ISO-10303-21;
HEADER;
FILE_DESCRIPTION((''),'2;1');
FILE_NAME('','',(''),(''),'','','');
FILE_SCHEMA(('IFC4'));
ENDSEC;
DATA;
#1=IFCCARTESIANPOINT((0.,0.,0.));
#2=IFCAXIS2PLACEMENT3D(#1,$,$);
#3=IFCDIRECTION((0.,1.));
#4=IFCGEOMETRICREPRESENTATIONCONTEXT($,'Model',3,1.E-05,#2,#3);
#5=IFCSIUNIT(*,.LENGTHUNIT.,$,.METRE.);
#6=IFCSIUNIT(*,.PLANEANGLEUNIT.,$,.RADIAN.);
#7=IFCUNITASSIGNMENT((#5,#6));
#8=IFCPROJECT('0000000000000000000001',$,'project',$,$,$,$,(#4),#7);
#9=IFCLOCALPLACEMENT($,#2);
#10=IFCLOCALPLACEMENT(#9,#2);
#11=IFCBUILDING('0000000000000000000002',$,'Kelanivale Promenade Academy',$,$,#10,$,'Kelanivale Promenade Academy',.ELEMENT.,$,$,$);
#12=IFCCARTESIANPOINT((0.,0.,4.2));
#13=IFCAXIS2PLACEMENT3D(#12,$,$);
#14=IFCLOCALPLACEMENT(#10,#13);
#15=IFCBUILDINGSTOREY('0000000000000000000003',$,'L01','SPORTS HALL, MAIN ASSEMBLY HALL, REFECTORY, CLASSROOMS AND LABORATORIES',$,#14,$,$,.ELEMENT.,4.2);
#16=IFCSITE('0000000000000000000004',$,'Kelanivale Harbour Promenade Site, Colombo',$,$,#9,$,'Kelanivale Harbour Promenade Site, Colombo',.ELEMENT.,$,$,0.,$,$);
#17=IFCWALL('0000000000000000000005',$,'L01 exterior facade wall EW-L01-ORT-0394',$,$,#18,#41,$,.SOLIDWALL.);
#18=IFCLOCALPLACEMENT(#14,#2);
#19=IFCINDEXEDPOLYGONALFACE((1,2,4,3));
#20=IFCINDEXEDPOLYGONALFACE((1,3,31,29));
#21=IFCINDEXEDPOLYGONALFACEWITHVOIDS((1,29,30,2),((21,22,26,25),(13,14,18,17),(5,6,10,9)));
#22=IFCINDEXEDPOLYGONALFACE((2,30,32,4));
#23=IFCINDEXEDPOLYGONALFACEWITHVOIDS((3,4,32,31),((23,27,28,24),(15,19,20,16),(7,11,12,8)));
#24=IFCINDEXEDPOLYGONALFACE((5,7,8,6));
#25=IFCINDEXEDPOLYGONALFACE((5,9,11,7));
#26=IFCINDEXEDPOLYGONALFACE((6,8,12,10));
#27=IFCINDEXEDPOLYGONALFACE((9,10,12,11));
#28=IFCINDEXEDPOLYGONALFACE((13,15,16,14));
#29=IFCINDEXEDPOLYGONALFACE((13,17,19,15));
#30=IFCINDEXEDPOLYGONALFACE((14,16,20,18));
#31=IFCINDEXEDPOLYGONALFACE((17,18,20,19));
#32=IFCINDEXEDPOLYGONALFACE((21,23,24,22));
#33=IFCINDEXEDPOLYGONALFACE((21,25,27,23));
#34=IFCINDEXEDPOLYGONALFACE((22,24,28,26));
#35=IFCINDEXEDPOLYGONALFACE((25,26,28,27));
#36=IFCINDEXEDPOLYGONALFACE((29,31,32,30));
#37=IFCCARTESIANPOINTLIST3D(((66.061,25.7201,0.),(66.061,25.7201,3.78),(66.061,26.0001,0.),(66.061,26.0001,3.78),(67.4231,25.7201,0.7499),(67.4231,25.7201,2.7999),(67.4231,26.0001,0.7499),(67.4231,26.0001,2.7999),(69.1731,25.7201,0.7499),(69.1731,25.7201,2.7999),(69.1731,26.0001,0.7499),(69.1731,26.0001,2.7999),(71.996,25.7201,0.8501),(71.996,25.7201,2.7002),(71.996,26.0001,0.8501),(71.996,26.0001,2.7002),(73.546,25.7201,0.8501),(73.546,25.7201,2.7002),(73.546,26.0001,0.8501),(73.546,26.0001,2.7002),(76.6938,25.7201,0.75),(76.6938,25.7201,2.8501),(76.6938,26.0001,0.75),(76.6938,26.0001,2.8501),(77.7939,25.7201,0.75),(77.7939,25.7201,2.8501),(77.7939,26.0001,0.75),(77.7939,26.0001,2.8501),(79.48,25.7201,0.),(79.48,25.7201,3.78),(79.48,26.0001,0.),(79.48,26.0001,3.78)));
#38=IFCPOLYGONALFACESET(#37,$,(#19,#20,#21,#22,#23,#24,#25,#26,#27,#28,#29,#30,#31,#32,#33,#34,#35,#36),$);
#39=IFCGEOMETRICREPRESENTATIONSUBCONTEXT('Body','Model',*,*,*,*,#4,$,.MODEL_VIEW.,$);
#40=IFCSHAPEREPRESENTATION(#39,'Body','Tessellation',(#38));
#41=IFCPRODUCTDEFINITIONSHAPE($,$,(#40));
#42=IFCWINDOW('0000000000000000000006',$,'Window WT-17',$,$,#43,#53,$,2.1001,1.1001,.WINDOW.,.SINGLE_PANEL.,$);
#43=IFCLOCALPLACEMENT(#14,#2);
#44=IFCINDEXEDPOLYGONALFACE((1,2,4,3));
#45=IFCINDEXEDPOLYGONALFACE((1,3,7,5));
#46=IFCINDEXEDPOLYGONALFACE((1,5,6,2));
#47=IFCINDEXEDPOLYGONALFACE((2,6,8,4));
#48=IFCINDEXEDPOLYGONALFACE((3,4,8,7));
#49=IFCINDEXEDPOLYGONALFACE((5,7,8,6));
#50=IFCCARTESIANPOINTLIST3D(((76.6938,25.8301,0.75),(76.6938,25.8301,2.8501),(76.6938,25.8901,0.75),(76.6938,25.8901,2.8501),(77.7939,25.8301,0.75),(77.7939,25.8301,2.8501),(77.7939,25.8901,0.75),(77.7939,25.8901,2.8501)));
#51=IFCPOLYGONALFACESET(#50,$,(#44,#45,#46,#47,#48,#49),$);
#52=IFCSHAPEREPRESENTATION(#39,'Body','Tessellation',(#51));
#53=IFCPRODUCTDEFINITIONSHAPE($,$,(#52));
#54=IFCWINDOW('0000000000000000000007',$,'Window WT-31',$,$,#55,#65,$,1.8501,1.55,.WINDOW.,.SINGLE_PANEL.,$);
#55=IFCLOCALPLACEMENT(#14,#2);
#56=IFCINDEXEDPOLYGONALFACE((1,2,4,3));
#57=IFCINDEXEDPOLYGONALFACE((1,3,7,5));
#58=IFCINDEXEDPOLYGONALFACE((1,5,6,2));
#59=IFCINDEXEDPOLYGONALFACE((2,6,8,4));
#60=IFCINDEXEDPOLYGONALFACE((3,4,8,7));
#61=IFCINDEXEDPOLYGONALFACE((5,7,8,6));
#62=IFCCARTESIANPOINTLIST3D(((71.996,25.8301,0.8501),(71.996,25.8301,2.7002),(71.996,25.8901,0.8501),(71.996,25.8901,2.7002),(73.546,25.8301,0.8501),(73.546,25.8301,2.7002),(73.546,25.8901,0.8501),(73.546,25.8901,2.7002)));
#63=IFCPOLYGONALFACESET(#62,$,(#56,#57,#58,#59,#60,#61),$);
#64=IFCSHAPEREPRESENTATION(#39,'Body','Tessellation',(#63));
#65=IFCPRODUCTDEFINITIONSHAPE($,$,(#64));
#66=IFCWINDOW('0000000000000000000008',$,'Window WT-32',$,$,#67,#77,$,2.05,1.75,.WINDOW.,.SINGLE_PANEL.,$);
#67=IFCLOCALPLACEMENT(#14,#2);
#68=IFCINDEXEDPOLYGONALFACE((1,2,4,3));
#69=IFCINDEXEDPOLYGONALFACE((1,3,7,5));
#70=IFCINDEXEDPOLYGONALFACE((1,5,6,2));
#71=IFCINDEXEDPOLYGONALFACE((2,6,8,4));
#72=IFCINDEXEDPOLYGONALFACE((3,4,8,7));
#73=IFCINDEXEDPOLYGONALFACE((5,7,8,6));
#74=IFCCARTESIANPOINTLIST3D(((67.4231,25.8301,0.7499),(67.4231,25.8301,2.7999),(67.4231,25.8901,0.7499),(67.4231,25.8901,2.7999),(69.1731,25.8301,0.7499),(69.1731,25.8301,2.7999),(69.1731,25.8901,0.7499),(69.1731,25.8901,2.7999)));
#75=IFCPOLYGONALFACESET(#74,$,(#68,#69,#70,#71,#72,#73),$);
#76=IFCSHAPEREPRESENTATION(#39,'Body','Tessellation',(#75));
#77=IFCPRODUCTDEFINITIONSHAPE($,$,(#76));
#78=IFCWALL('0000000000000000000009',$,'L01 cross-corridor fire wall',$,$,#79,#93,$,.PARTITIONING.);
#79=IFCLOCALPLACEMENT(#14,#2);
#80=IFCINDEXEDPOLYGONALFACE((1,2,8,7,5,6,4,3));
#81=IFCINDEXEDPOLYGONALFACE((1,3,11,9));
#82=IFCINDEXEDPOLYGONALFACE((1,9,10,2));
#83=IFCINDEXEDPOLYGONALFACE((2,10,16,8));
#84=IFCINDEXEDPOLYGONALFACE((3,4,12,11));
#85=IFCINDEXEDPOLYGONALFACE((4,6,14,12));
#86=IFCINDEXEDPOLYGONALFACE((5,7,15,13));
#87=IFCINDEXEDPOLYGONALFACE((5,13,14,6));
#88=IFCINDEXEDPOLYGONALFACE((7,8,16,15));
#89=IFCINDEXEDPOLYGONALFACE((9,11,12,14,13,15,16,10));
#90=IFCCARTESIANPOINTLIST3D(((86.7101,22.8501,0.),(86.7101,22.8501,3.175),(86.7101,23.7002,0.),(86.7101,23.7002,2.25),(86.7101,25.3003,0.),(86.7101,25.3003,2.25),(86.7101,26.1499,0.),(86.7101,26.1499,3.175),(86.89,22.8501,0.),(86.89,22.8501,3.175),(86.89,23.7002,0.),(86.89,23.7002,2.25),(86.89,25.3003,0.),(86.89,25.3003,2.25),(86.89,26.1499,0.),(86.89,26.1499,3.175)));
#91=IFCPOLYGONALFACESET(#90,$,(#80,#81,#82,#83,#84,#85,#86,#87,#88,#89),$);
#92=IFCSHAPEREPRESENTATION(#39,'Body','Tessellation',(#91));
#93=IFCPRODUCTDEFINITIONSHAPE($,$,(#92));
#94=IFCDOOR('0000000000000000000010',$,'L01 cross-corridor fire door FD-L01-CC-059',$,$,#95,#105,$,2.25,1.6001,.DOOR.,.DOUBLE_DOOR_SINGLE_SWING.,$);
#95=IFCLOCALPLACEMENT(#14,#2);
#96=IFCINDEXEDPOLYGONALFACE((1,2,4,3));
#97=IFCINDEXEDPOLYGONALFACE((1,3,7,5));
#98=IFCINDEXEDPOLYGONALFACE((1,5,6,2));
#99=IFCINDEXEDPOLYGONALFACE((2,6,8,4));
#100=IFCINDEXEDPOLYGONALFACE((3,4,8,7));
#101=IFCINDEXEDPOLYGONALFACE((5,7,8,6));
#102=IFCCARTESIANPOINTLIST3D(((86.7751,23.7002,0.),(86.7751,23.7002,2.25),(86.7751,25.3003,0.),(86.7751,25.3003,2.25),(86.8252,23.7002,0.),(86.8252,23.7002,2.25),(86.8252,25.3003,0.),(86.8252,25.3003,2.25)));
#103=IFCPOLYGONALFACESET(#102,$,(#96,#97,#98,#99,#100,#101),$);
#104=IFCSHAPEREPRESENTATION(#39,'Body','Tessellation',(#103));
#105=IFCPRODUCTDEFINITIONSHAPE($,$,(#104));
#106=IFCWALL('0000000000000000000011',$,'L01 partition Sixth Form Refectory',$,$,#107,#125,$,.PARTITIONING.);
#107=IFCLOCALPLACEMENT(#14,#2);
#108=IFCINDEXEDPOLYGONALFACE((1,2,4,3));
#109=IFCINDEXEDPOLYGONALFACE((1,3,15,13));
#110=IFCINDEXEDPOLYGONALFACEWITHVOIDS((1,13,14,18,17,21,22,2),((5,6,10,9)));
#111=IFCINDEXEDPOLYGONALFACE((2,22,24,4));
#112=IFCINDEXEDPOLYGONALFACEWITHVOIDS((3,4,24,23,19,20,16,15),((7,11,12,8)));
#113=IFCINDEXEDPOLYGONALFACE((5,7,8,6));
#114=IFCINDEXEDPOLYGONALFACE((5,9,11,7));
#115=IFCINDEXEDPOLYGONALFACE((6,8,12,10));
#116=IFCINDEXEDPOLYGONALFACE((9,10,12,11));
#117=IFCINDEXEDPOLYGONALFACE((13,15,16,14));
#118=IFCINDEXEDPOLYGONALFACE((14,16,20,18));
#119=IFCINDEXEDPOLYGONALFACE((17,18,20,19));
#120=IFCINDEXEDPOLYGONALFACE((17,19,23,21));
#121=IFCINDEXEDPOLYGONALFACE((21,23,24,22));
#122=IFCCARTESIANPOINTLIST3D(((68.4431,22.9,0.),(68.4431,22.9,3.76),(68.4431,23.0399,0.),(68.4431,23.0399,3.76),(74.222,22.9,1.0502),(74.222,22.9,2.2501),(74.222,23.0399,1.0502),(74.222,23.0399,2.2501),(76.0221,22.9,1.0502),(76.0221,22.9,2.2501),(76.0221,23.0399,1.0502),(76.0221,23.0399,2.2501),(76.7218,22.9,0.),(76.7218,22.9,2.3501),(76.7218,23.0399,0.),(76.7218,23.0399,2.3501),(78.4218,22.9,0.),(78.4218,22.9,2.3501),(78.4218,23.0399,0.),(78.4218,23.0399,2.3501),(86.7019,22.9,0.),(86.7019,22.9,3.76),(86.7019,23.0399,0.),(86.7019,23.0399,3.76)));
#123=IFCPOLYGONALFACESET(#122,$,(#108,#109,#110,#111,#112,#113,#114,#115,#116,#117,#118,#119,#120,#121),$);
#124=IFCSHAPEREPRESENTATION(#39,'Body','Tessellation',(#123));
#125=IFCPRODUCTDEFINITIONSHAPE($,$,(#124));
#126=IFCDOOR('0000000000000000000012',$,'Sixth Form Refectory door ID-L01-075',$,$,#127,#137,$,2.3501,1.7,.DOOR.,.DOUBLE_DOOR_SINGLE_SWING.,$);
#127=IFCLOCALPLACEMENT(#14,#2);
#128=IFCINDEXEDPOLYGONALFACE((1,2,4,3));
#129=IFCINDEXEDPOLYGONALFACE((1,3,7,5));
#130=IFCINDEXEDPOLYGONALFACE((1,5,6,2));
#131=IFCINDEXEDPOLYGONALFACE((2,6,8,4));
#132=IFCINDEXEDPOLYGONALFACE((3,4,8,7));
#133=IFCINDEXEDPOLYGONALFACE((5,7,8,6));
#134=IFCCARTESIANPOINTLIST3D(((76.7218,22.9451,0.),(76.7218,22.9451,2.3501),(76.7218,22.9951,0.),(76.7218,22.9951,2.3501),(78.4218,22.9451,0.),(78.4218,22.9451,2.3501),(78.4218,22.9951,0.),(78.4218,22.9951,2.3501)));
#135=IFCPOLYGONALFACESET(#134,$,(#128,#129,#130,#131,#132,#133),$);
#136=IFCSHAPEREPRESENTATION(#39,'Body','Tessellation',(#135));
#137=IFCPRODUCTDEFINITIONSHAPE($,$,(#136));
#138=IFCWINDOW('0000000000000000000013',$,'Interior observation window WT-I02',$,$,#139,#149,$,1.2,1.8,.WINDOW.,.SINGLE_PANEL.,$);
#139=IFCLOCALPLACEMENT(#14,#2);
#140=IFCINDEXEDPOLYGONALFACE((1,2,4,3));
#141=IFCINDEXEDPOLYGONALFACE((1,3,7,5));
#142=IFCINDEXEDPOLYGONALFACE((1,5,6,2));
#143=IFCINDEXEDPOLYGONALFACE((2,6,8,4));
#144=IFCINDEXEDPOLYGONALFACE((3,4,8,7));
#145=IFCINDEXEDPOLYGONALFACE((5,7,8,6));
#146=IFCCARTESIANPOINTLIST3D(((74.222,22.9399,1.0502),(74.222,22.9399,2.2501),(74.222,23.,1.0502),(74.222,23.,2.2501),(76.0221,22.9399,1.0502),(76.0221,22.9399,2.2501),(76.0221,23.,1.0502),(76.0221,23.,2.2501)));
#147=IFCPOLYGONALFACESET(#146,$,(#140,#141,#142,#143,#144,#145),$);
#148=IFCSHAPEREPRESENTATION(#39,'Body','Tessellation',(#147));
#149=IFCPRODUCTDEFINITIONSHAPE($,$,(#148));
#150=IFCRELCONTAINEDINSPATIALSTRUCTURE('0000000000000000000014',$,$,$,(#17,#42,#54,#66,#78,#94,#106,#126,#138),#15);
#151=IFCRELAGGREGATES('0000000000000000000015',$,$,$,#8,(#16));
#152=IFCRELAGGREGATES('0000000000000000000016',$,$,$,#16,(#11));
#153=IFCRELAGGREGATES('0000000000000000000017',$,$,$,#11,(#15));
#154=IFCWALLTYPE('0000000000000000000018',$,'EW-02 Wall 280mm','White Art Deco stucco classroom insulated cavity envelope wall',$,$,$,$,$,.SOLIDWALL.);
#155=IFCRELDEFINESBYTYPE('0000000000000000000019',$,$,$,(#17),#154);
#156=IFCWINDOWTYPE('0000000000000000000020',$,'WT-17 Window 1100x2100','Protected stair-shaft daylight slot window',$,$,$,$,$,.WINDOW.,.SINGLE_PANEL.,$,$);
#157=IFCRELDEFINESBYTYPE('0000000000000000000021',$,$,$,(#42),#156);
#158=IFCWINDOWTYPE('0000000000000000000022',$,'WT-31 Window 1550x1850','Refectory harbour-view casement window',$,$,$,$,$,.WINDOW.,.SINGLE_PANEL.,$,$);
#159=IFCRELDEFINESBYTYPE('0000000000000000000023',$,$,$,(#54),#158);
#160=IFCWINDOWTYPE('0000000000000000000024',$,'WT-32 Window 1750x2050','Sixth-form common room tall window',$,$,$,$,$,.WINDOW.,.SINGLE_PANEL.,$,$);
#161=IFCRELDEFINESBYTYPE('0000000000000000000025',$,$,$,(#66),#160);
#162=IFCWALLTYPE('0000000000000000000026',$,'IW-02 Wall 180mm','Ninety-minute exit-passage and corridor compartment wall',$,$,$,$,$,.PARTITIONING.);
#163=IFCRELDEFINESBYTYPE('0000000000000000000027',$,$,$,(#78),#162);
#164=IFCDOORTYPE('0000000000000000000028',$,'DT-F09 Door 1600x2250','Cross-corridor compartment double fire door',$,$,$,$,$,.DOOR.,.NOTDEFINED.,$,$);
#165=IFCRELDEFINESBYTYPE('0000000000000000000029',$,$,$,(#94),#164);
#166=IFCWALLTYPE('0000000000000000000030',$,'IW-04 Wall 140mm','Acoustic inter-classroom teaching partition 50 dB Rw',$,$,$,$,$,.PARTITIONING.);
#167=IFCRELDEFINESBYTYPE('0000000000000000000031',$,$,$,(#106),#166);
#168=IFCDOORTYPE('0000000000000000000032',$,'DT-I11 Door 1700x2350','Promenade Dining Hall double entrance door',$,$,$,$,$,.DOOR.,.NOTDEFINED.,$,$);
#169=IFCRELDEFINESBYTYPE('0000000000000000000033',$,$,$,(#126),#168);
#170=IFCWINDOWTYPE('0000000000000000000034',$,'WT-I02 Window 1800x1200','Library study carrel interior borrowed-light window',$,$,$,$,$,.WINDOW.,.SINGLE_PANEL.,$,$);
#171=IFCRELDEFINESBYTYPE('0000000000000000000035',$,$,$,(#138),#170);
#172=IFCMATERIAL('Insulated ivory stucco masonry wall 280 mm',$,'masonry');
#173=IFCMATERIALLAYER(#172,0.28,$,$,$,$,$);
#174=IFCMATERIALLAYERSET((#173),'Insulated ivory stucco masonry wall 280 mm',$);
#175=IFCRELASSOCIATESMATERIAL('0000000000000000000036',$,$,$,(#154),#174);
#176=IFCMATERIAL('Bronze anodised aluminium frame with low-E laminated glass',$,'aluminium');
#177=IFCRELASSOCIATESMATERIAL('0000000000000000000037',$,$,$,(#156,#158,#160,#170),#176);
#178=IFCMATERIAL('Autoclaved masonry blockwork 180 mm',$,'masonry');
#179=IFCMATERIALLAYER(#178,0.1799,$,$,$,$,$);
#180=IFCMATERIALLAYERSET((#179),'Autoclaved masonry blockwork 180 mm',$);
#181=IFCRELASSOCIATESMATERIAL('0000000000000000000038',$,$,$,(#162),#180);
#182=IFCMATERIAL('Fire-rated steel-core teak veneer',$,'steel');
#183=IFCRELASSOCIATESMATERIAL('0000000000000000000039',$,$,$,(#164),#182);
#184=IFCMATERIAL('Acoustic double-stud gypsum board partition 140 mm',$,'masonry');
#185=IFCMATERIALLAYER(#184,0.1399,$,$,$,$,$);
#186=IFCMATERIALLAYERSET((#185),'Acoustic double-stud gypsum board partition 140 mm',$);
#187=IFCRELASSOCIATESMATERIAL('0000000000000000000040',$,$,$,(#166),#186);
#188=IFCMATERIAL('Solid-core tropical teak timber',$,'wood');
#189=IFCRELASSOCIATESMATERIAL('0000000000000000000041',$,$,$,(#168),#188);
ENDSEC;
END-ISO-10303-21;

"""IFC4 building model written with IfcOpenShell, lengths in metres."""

from ifc_helpers import new_model, si_unit, direction, frame, frame_2d, origin, place, context, subcontext, project, spatial, rectangle, extrude, material, layer, layer_set, type_object, element, fill, save


model = new_model("IFC4")

# Units and contexts
model_context = context("Model", 3, precision=1e-05, world=origin(), true_north=direction((0.0, 1.0)))
body_context = subcontext(model_context, "Body", "Model", "MODEL_VIEW")
ifc_project = project(units=[si_unit("LENGTHUNIT", "METRE"), si_unit("PLANEANGLEUNIT", "RADIAN")], contexts=[model_context])

# Site, building, storey
site_placement = place(None, origin())
site = spatial("IfcSite", under=ifc_project, at=site_placement, Name="Kelanivale Harbour Promenade Site, Colombo", LongName="Kelanivale Harbour Promenade Site, Colombo", CompositionType="ELEMENT", RefElevation=0.0)
building_placement = place(site_placement, origin())
building = spatial("IfcBuilding", under=site, at=building_placement, Name="Kelanivale Promenade Academy", LongName="Kelanivale Promenade Academy", CompositionType="ELEMENT")
storey_placement = place(building_placement, frame((0.0, 0.0, 4.2)))
storey = spatial("IfcBuildingStorey", under=building, at=storey_placement, Name="L01", Description="SPORTS HALL, MAIN ASSEMBLY HALL, REFECTORY, CLASSROOMS AND LABORATORIES", CompositionType="ELEMENT", Elevation=4.2)

# Shared definitions
ifc_material_1 = material(Name="Fire-rated steel-core teak veneer", Category="steel")

# Wall, openings, windows
ifc_material_2 = material(Name="Insulated ivory stucco masonry wall 280 mm", Category="masonry")
ifc_layer_1 = layer(ifc_material_2, 0.28)
ifc_layer_set_1 = layer_set([ifc_layer_1], Name="Insulated ivory stucco masonry wall 280 mm")
wall_type_1 = type_object("IfcWallType", Name="EW-02 Wall 280mm", Description="White Art Deco stucco classroom insulated cavity envelope wall", PredefinedType="SOLIDWALL", material=ifc_layer_set_1)
wall_1_placement = place(storey_placement, frame((79.48, 25.8601, 0.0), z_axis=(0.0, 0.0, 1.0), x_axis=(-1.0, 0.0, 0.0)))
wall_1 = element("IfcWall", 1, at=wall_1_placement, inside=storey, type_object=wall_type_1, Name="L01 exterior facade wall EW-L01-ORT-0394", PredefinedType="SOLIDWALL", context=body_context, shape_type="SweptSolid", body=[
    extrude(rectangle(XDim=13.4189, YDim=0.28, at=frame_2d((6.7095, 0.0))), origin(), (0.0, 0.0, 1.0), 3.78),
])
opening_1_placement = place(wall_1_placement, frame((1.686, 0.0, 0.75)))
opening_1 = element("IfcOpeningElement", 2, at=opening_1_placement, cuts=wall_1, PredefinedType="OPENING", context=body_context, shape_type="SweptSolid", body=[
    extrude(rectangle(XDim=1.1001, YDim=2.1001, at=frame_2d((0.55, 1.05))), frame((0.0, 0.1499, 0.0), z_axis=(0.0, -1.0, 0.0), x_axis=(1.0, 0.0, 0.0)), (0.0, 0.0, 1.0), 0.3),
])
opening_2_placement = place(wall_1_placement, frame((5.9341, 0.0, 0.8501)))
opening_2 = element("IfcOpeningElement", 3, at=opening_2_placement, cuts=wall_1, PredefinedType="OPENING", context=body_context, shape_type="SweptSolid", body=[
    extrude(rectangle(XDim=1.55, YDim=1.8501, at=frame_2d((0.7749, 0.925))), frame((0.0, 0.1499, 0.0), z_axis=(0.0, -1.0, 0.0), x_axis=(1.0, 0.0, 0.0)), (0.0, 0.0, 1.0), 0.3),
])
opening_3_placement = place(wall_1_placement, frame((10.3069, 0.0, 0.75)))
opening_3 = element("IfcOpeningElement", 4, at=opening_3_placement, cuts=wall_1, PredefinedType="OPENING", context=body_context, shape_type="SweptSolid", body=[
    extrude(rectangle(XDim=1.75, YDim=2.05, at=frame_2d((0.875, 1.0249))), frame((0.0, 0.1499, 0.0), z_axis=(0.0, -1.0, 0.0), x_axis=(1.0, 0.0, 0.0)), (0.0, 0.0, 1.0), 0.3),
])
ifc_material_3 = material(Name="Bronze anodised aluminium frame with low-E laminated glass", Category="aluminium")
window_type_1 = type_object("IfcWindowType", Name="WT-17 Window 1100x2100", Description="Protected stair-shaft daylight slot window", PartitioningType="SINGLE_PANEL", PredefinedType="WINDOW", material=ifc_material_3)
window_1_placement = place(opening_1_placement, origin())
window_1 = element("IfcWindow", 5, at=window_1_placement, inside=storey, type_object=window_type_1, Name="Window WT-17", OverallHeight=2.1001, OverallWidth=1.1001, PartitioningType="SINGLE_PANEL", PredefinedType="WINDOW", context=body_context, shape_type="SweptSolid", body=[
    extrude(rectangle(XDim=1.1001, YDim=2.1001, at=frame_2d((0.55, 1.05))), frame((0.0, 0.03, 0.0), z_axis=(0.0, -1.0, 0.0), x_axis=(1.0, 0.0, 0.0)), (0.0, 0.0, 1.0), 0.0601),
])
fill(opening_1, window_1)
window_type_2 = type_object("IfcWindowType", Name="WT-31 Window 1550x1850", Description="Refectory harbour-view casement window", PartitioningType="SINGLE_PANEL", PredefinedType="WINDOW", material=ifc_material_3)
window_2_placement = place(opening_2_placement, origin())
window_2 = element("IfcWindow", 6, at=window_2_placement, inside=storey, type_object=window_type_2, Name="Window WT-31", OverallHeight=1.8501, OverallWidth=1.55, PartitioningType="SINGLE_PANEL", PredefinedType="WINDOW", context=body_context, shape_type="SweptSolid", body=[
    extrude(rectangle(XDim=1.55, YDim=1.8501, at=frame_2d((0.7749, 0.925))), frame((0.0, 0.03, 0.0), z_axis=(0.0, -1.0, 0.0), x_axis=(1.0, 0.0, 0.0)), (0.0, 0.0, 1.0), 0.0601),
])
fill(opening_2, window_2)
window_type_3 = type_object("IfcWindowType", Name="WT-32 Window 1750x2050", Description="Sixth-form common room tall window", PartitioningType="SINGLE_PANEL", PredefinedType="WINDOW", material=ifc_material_3)
window_3_placement = place(opening_3_placement, origin())
window_3 = element("IfcWindow", 7, at=window_3_placement, inside=storey, type_object=window_type_3, Name="Window WT-32", OverallHeight=2.05, OverallWidth=1.75, PartitioningType="SINGLE_PANEL", PredefinedType="WINDOW", context=body_context, shape_type="SweptSolid", body=[
    extrude(rectangle(XDim=1.75, YDim=2.05, at=frame_2d((0.875, 1.0249))), frame((0.0, 0.03, 0.0), z_axis=(0.0, -1.0, 0.0), x_axis=(1.0, 0.0, 0.0)), (0.0, 0.0, 1.0), 0.0601),
])
fill(opening_3, window_3)

# Wall, opening, door
ifc_material_4 = material(Name="Autoclaved masonry blockwork 180 mm", Category="masonry")
ifc_layer_2 = layer(ifc_material_4, 0.1799)
ifc_layer_set_2 = layer_set([ifc_layer_2], Name="Autoclaved masonry blockwork 180 mm")
wall_type_2 = type_object("IfcWallType", Name="IW-02 Wall 180mm", Description="Ninety-minute exit-passage and corridor compartment wall", PredefinedType="PARTITIONING", material=ifc_layer_set_2)
wall_2_placement = place(storey_placement, frame((86.8, 22.8501, 0.0), z_axis=(0.0, 0.0, 1.0), x_axis=(0.0, 1.0, 0.0)))
wall_2 = element("IfcWall", 8, at=wall_2_placement, inside=storey, type_object=wall_type_2, Name="L01 cross-corridor fire wall", PredefinedType="PARTITIONING", context=body_context, shape_type="SweptSolid", body=[
    extrude(rectangle(XDim=3.2998, YDim=0.1799, at=frame_2d((1.6499, 0.0))), origin(), (0.0, 0.0, 1.0), 3.175),
])
opening_4_placement = place(wall_2_placement, frame((0.8501, 0.0, 0.0)))
opening_4 = element("IfcOpeningElement", 9, at=opening_4_placement, cuts=wall_2, PredefinedType="OPENING", context=body_context, shape_type="SweptSolid", body=[
    extrude(rectangle(XDim=1.6001, YDim=2.25, at=frame_2d((0.8, 1.125))), frame((0.0, 0.1001, 0.0), z_axis=(0.0, -1.0, 0.0), x_axis=(1.0, 0.0, 0.0)), (0.0, 0.0, 1.0), 0.2),
])
door_type_1 = type_object("IfcDoorType", Name="DT-F09 Door 1600x2250", Description="Cross-corridor compartment double fire door", OperationType="NOTDEFINED", PredefinedType="DOOR", material=ifc_material_1)
door_1_placement = place(opening_4_placement, origin())
door_1 = element("IfcDoor", 10, at=door_1_placement, inside=storey, type_object=door_type_1, Name="L01 cross-corridor fire door FD-L01-CC-059", OperationType="DOUBLE_DOOR_SINGLE_SWING", OverallHeight=2.25, OverallWidth=1.6001, PredefinedType="DOOR", context=body_context, shape_type="SweptSolid", body=[
    extrude(rectangle(XDim=1.6001, YDim=2.25, at=frame_2d((0.8, 1.125))), frame((0.0, 0.0249, 0.0), z_axis=(0.0, -1.0, 0.0), x_axis=(1.0, 0.0, 0.0)), (0.0, 0.0, 1.0), 0.05),
])
fill(opening_4, door_1)

# Wall, openings, door, window
ifc_material_5 = material(Name="Acoustic double-stud gypsum board partition 140 mm", Category="masonry")
ifc_layer_3 = layer(ifc_material_5, 0.1399)
ifc_layer_set_3 = layer_set([ifc_layer_3], Name="Acoustic double-stud gypsum board partition 140 mm")
wall_type_3 = type_object("IfcWallType", Name="IW-04 Wall 140mm", Description="Acoustic inter-classroom teaching partition 50 dB Rw", PredefinedType="PARTITIONING", material=ifc_layer_set_3)
wall_3_placement = place(storey_placement, frame((86.7019, 22.97, 0.0), z_axis=(0.0, 0.0, 1.0), x_axis=(-1.0, 0.0, 0.0)))
wall_3 = element("IfcWall", 11, at=wall_3_placement, inside=storey, type_object=wall_type_3, Name="L01 partition Sixth Form Refectory", PredefinedType="PARTITIONING", context=body_context, shape_type="SweptSolid", body=[
    extrude(rectangle(XDim=18.2588, YDim=0.1399, at=frame_2d((9.1294, 0.0))), origin(), (0.0, 0.0, 1.0), 3.76),
])
opening_5_placement = place(wall_3_placement, frame((8.28, 0.0, 0.0)))
opening_5 = element("IfcOpeningElement", 12, at=opening_5_placement, cuts=wall_3, PredefinedType="OPENING", context=body_context, shape_type="SweptSolid", body=[
    extrude(rectangle(XDim=1.7, YDim=2.3501, at=frame_2d((0.8501, 1.175))), frame((0.0, 0.0801, 0.0), z_axis=(0.0, -1.0, 0.0), x_axis=(1.0, 0.0, 0.0)), (0.0, 0.0, 1.0), 0.1599),
])
opening_6_placement = place(wall_3_placement, frame((10.6799, 0.0, 1.05)))
opening_6 = element("IfcOpeningElement", 13, at=opening_6_placement, cuts=wall_3, PredefinedType="OPENING", context=body_context, shape_type="SweptSolid", body=[
    extrude(rectangle(XDim=1.8, YDim=1.2, at=frame_2d((0.8999, 0.6001))), frame((0.0, 0.0801, 0.0), z_axis=(0.0, -1.0, 0.0), x_axis=(1.0, 0.0, 0.0)), (0.0, 0.0, 1.0), 0.1599),
])
ifc_material_6 = material(Name="Solid-core tropical teak timber", Category="wood")
door_type_2 = type_object("IfcDoorType", Name="DT-I11 Door 1700x2350", Description="Promenade Dining Hall double entrance door", OperationType="NOTDEFINED", PredefinedType="DOOR", material=ifc_material_6)
door_2_placement = place(opening_5_placement, origin())
door_2 = element("IfcDoor", 14, at=door_2_placement, inside=storey, type_object=door_type_2, Name="Sixth Form Refectory door ID-L01-075", OperationType="DOUBLE_DOOR_SINGLE_SWING", OverallHeight=2.3501, OverallWidth=1.7, PredefinedType="DOOR", context=body_context, shape_type="SweptSolid", body=[
    extrude(rectangle(XDim=1.7, YDim=2.3501, at=frame_2d((0.8501, 1.175))), frame((0.0, 0.0249, 0.0), z_axis=(0.0, -1.0, 0.0), x_axis=(1.0, 0.0, 0.0)), (0.0, 0.0, 1.0), 0.05),
])
fill(opening_5, door_2)
window_type_4 = type_object("IfcWindowType", Name="WT-I02 Window 1800x1200", Description="Library study carrel interior borrowed-light window", PartitioningType="SINGLE_PANEL", PredefinedType="WINDOW", material=ifc_material_3)
window_4_placement = place(opening_6_placement, origin())
window_4 = element("IfcWindow", 15, at=window_4_placement, inside=storey, type_object=window_type_4, Name="Interior observation window WT-I02", OverallHeight=1.2, OverallWidth=1.8, PartitioningType="SINGLE_PANEL", PredefinedType="WINDOW", context=body_context, shape_type="SweptSolid", body=[
    extrude(rectangle(XDim=1.8, YDim=1.2, at=frame_2d((0.8999, 0.6001))), frame((0.0, 0.03, 0.0), z_axis=(0.0, -1.0, 0.0), x_axis=(1.0, 0.0, 0.0)), (0.0, 0.0, 1.0), 0.0601),
])
fill(opening_6, window_4)

save(model, "model.ifc")
